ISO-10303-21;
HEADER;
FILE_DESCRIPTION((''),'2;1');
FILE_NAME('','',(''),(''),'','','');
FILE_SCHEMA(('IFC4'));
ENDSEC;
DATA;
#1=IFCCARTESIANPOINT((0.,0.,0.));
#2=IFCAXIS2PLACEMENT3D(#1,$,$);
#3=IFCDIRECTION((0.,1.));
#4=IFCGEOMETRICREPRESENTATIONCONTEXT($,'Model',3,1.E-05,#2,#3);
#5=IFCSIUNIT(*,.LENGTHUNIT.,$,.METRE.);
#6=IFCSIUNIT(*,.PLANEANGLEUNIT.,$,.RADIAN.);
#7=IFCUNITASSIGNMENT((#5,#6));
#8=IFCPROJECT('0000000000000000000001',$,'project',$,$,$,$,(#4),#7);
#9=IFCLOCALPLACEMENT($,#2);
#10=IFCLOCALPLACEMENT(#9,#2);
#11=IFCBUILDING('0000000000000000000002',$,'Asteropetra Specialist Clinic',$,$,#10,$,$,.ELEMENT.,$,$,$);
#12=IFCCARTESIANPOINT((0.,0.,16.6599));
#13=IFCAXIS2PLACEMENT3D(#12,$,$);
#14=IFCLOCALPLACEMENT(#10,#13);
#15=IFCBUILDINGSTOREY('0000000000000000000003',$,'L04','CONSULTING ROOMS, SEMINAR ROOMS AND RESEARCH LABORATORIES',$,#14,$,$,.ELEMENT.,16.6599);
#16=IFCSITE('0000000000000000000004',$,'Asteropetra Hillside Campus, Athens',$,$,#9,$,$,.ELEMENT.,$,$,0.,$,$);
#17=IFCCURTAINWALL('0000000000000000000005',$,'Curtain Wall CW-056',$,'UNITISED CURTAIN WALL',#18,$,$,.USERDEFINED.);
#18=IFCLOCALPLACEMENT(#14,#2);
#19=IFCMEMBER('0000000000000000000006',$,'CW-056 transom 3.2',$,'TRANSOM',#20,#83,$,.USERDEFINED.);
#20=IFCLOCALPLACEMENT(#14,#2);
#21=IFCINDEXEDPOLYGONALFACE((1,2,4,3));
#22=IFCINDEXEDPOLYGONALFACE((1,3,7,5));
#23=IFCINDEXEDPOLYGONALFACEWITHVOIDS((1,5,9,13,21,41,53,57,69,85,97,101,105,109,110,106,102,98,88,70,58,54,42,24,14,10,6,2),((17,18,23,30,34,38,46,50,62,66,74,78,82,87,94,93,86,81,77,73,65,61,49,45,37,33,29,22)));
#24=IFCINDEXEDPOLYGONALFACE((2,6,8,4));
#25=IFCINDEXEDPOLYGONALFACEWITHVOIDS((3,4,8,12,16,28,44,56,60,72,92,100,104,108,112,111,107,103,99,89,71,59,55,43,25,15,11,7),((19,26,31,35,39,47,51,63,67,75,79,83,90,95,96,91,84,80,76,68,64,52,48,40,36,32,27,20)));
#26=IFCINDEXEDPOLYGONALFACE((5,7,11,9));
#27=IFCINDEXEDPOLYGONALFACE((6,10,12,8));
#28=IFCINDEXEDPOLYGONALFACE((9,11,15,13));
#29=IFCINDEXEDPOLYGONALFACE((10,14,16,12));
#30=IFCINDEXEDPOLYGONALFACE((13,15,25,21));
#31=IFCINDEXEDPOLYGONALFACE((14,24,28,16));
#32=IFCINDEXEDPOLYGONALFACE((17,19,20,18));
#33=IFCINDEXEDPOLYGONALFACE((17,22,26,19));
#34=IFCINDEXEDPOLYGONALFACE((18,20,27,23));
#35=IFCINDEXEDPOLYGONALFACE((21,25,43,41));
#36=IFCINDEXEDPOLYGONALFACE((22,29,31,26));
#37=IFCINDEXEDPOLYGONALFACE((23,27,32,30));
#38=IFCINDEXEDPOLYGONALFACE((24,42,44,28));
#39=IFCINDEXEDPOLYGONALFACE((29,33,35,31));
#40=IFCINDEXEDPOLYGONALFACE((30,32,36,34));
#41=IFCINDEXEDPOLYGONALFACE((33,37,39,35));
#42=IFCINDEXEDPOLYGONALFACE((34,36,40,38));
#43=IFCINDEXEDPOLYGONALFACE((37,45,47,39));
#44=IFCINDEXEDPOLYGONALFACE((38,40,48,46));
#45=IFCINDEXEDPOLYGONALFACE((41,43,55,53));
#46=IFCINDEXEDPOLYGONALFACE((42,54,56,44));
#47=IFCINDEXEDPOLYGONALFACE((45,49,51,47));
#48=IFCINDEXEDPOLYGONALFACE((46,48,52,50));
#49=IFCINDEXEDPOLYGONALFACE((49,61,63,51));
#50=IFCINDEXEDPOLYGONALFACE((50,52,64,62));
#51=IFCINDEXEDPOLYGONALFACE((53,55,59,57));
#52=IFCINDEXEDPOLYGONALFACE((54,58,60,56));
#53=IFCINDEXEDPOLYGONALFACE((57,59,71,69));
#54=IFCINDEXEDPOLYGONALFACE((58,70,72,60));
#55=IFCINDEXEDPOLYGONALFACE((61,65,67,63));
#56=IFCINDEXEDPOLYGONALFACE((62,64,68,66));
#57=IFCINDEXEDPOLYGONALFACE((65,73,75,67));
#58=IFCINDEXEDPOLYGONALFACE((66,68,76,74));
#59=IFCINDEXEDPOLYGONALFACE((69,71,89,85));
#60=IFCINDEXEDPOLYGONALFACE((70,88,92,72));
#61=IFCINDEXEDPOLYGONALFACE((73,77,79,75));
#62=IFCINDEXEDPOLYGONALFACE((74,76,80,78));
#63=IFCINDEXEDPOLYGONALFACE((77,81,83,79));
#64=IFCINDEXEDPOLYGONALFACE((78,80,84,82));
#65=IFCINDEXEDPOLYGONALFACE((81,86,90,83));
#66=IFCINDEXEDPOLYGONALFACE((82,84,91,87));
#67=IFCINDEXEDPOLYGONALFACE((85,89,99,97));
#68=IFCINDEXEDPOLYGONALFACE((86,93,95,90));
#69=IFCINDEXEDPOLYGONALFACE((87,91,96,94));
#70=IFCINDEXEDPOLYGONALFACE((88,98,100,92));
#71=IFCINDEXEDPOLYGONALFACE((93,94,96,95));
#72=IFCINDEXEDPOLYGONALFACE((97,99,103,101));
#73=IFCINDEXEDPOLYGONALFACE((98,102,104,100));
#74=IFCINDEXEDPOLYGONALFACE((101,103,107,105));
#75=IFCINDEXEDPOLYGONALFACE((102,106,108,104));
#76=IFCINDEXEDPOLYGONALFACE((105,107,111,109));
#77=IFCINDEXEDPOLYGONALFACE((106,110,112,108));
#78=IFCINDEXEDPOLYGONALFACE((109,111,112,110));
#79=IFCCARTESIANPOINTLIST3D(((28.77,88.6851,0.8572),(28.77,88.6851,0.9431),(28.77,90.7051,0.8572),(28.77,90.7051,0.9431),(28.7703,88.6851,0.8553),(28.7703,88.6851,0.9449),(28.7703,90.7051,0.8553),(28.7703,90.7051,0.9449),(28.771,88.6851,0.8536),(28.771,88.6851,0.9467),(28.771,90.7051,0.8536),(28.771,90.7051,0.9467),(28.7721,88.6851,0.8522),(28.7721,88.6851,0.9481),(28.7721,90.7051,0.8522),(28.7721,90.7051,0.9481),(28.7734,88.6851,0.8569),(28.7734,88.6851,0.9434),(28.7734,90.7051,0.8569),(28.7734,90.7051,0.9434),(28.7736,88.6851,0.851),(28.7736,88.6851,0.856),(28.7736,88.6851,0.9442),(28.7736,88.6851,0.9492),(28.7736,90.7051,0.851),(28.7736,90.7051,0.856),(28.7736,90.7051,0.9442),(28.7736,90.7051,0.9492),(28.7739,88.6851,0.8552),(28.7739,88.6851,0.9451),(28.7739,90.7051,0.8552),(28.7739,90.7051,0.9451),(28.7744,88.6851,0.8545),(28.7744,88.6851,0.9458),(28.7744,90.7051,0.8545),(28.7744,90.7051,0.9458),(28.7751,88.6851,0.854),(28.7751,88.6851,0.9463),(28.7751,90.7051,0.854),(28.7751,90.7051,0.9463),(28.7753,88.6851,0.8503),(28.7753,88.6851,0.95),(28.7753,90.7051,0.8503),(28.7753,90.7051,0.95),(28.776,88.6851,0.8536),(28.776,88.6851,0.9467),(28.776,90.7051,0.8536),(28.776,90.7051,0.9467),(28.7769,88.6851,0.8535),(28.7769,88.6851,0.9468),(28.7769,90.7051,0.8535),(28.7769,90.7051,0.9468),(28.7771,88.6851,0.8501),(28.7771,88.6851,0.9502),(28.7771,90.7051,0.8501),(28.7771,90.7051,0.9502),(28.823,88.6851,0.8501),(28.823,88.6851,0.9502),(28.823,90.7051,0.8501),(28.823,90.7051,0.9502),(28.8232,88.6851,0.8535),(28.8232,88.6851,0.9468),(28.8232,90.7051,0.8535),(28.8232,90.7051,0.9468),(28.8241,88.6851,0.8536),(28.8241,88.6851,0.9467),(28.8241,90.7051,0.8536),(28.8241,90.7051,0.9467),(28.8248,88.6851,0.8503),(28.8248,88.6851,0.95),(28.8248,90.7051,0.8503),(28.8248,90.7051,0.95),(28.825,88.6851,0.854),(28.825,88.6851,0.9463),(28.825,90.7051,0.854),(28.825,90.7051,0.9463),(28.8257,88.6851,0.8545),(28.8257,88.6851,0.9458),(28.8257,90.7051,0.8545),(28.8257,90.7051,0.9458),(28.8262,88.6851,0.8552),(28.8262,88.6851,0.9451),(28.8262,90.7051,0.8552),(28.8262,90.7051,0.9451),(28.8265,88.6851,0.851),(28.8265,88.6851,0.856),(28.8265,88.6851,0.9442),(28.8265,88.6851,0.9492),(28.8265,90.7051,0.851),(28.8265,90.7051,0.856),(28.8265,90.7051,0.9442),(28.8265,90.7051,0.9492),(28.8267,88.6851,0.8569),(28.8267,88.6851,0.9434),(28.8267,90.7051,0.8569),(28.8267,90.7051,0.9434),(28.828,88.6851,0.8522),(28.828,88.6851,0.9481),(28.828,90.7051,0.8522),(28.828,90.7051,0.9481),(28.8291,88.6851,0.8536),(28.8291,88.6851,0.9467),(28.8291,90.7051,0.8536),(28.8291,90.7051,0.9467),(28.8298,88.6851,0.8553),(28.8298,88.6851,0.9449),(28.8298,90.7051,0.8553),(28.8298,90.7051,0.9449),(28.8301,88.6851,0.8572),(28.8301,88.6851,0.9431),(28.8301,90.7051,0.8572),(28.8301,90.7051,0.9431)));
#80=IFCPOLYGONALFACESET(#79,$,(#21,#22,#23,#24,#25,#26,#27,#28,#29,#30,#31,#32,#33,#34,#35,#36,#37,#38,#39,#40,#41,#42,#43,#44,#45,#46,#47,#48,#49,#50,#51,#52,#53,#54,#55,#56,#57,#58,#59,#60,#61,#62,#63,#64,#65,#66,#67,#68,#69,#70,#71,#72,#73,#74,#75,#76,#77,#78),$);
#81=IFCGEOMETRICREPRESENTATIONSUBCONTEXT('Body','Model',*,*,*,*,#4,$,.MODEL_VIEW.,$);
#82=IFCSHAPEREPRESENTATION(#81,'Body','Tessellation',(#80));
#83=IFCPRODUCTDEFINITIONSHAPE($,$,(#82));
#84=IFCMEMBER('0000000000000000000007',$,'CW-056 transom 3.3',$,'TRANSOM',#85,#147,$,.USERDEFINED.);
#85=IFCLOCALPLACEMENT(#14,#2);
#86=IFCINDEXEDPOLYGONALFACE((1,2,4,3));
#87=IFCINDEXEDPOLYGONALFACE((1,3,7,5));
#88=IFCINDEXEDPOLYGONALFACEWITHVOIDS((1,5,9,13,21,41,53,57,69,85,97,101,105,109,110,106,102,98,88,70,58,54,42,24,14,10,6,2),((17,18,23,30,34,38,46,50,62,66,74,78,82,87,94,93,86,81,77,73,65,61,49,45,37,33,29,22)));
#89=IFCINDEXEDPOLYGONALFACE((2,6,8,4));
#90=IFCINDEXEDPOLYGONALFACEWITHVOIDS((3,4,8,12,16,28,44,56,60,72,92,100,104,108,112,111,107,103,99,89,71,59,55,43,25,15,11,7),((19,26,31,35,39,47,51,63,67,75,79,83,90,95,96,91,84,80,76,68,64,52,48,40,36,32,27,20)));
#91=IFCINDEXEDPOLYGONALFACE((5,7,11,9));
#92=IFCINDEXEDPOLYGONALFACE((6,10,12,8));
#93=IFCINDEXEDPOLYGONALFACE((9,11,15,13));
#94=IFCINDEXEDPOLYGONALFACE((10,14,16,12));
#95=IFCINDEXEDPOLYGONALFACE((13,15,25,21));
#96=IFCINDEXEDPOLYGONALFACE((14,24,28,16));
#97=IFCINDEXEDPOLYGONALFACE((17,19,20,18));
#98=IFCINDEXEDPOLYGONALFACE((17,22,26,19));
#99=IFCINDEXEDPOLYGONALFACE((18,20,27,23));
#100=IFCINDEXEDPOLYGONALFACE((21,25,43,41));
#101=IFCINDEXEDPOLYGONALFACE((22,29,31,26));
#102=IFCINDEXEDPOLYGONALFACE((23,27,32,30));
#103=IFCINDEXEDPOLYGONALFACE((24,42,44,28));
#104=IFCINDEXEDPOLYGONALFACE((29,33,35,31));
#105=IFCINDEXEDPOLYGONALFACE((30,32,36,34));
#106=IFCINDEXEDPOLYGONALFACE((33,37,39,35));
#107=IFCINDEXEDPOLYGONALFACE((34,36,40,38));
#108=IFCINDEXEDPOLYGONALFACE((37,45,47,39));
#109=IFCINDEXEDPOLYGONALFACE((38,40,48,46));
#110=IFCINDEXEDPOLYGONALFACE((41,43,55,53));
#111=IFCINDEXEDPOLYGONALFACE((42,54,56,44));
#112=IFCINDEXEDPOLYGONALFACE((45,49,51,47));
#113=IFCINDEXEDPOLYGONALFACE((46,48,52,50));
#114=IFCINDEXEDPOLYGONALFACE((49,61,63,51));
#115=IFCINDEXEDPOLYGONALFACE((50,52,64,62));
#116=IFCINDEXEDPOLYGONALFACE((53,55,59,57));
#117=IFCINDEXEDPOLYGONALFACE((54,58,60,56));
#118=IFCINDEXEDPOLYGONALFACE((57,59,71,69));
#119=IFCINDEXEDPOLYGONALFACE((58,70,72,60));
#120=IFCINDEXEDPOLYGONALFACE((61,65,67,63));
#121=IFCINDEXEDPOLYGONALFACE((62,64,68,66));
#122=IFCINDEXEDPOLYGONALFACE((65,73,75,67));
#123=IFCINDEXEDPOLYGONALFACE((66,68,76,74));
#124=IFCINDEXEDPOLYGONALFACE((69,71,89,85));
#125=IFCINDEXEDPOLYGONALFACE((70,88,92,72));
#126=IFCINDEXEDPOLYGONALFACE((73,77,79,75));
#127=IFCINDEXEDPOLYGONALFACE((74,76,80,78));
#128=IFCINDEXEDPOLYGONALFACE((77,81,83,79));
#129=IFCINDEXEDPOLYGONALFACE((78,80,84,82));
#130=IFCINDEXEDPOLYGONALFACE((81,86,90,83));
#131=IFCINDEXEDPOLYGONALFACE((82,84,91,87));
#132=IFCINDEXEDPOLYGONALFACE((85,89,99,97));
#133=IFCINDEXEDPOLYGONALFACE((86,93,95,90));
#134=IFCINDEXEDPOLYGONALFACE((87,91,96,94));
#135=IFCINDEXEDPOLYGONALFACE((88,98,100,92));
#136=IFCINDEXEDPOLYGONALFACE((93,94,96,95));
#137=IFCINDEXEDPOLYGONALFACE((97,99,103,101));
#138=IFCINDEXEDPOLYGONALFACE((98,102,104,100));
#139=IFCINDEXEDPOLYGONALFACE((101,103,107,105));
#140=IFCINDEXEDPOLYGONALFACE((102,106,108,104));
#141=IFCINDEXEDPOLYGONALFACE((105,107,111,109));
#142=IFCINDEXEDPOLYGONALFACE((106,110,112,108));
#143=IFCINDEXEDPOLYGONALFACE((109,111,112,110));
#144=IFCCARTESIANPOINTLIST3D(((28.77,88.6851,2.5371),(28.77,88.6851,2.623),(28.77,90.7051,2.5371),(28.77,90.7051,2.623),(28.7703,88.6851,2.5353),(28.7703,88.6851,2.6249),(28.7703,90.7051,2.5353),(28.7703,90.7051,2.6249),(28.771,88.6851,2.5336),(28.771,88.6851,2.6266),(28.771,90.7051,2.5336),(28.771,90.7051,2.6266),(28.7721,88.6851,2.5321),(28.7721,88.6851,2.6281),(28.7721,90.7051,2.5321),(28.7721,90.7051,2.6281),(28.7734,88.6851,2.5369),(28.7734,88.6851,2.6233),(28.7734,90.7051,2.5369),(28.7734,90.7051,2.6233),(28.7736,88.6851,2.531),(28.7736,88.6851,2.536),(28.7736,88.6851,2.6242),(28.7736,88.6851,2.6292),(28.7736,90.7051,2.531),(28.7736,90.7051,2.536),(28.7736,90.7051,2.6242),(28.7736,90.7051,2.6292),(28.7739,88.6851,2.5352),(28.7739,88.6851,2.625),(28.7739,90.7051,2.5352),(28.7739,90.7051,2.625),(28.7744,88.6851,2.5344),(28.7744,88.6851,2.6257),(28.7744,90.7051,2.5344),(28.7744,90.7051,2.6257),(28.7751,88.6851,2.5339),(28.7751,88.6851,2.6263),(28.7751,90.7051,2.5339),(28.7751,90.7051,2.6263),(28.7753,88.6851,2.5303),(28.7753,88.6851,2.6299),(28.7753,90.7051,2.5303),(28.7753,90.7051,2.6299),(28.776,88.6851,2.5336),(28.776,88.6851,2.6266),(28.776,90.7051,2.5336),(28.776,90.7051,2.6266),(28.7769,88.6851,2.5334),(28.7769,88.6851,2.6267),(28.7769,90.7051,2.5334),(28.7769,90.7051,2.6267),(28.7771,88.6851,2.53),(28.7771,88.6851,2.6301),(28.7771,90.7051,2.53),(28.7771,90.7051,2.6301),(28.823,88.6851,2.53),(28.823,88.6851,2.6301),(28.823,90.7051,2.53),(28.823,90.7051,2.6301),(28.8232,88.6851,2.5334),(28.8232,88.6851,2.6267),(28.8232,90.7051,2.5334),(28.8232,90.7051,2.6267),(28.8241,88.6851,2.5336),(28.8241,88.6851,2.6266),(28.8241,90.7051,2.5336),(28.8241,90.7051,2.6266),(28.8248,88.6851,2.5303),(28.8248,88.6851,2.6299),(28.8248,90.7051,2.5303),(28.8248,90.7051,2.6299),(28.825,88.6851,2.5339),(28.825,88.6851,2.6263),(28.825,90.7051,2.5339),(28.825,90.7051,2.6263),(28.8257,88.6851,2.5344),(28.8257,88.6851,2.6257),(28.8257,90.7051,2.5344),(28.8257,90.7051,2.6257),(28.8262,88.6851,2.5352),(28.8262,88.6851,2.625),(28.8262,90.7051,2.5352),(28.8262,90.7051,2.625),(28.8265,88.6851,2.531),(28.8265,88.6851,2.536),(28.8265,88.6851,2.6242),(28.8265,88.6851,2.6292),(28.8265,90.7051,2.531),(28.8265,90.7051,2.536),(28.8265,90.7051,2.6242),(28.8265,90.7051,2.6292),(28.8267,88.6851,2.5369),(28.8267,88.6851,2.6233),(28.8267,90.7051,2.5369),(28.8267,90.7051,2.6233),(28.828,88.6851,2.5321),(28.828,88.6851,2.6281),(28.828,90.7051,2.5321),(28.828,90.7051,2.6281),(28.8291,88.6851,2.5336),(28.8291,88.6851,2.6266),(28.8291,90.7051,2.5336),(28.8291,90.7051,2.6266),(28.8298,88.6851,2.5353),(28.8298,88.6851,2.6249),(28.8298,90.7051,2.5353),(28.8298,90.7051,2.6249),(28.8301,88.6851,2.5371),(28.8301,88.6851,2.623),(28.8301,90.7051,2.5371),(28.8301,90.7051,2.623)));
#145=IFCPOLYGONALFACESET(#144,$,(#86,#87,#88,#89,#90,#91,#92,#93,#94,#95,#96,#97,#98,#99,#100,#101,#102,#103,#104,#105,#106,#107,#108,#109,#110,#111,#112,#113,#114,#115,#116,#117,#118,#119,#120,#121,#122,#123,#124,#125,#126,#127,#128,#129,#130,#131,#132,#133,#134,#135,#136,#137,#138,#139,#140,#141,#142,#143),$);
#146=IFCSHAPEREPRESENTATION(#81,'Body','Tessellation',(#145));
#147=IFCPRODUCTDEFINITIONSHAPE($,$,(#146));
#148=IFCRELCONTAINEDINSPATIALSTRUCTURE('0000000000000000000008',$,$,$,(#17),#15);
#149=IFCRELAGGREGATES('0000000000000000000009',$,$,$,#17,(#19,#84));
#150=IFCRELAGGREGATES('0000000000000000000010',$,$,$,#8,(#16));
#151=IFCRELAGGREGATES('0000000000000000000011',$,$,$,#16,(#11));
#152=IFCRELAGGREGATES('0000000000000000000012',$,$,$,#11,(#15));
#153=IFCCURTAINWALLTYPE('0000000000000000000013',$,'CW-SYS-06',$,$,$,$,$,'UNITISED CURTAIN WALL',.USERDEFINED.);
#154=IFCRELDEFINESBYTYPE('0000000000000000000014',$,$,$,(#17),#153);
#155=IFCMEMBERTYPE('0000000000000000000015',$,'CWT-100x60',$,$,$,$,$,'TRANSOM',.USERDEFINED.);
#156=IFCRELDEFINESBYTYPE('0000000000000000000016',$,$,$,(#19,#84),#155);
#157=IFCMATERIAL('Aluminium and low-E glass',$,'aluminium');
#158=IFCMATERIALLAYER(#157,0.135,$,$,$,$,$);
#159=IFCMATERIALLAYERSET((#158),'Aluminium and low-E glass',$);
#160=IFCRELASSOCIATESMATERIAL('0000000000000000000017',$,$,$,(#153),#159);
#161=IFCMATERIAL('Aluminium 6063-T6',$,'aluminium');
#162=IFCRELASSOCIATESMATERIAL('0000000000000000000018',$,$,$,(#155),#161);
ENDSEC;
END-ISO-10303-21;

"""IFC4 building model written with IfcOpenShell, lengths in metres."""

from ifc_helpers import new_model, si_unit, direction, frame, origin, origin_2d, place, context, subcontext, project, spatial, hollow_rectangle, extrude, material, layer, layer_set, material_profile, profile_set, type_object, element, aggregate, save


model = new_model("IFC4")

# Units and contexts
model_context = context("Model", 3, precision=1e-05, world=origin(), true_north=direction((0.0, 1.0)))
body_context = subcontext(model_context, "Body", "Model", "MODEL_VIEW")
ifc_project = project(units=[si_unit("LENGTHUNIT", "METRE"), si_unit("PLANEANGLEUNIT", "RADIAN")], contexts=[model_context])

# Site, building, storey
site_placement = place(None, origin())
site = spatial("IfcSite", under=ifc_project, at=site_placement, Name="Asteropetra Hillside Campus, Athens", CompositionType="ELEMENT", RefElevation=0.0)
building_placement = place(site_placement, origin())
building = spatial("IfcBuilding", under=site, at=building_placement, Name="Asteropetra Specialist Clinic", CompositionType="ELEMENT")
storey_placement = place(building_placement, frame((0.0, 0.0, 16.6599)))
storey = spatial("IfcBuildingStorey", under=building, at=storey_placement, Name="L04", Description="CONSULTING ROOMS, SEMINAR ROOMS AND RESEARCH LABORATORIES", CompositionType="ELEMENT", Elevation=16.6599)

# Curtain wall, members
ifc_material_1 = material(Name="Aluminium and low-E glass", Category="aluminium")
ifc_layer_1 = layer(ifc_material_1, 0.135)
ifc_layer_set_1 = layer_set([ifc_layer_1], Name="Aluminium and low-E glass")
curtain_wall_type = type_object("IfcCurtainWallType", Name="CW-SYS-06", ElementType="UNITISED CURTAIN WALL", PredefinedType="USERDEFINED", material=ifc_layer_set_1)
curtain_wall_placement = place(storey_placement, origin())
curtain_wall = element("IfcCurtainWall", 1, at=curtain_wall_placement, inside=storey, type_object=curtain_wall_type, Name="Curtain Wall CW-056", ObjectType="UNITISED CURTAIN WALL", PredefinedType="USERDEFINED")
ifc_material_2 = material(Name="Aluminium 6063-T6", Category="aluminium")
ifc_material_profile_1 = material_profile(ifc_material_2, hollow_rectangle(XDim=0.0601, YDim=0.1001, WallThickness=0.0034, InnerFilletRadius=0.0034, OuterFilletRadius=0.0071, at=origin_2d()), Name="TRN 100x60x3.5")
ifc_profile_set_1 = profile_set([ifc_material_profile_1], Name="Aluminium 6063-T6")
member_type_1 = type_object("IfcMemberType", Name="CWT-100x60", ElementType="TRANSOM", PredefinedType="USERDEFINED", material=ifc_profile_set_1)
member_1_placement = place(storey_placement, frame((28.8, 88.6851, 0.9001), z_axis=(0.0, 1.0, 0.0), x_axis=(-1.0, 0.0, 0.0)))
member_1 = element("IfcMember", 2, at=member_1_placement, type_object=member_type_1, Name="CW-056 transom 3.2", ObjectType="TRANSOM", PredefinedType="USERDEFINED", context=body_context, shape_type="SweptSolid", body=[
    extrude(hollow_rectangle(XDim=0.0601, YDim=0.1001, WallThickness=0.0034, InnerFilletRadius=0.0034, OuterFilletRadius=0.0071, at=origin_2d()), origin(), (0.0, 0.0, 1.0), 2.02),
])
member_2_placement = place(storey_placement, frame((28.8, 88.6851, 2.5801), z_axis=(0.0, 1.0, 0.0), x_axis=(-1.0, 0.0, 0.0)))
member_2 = element("IfcMember", 3, at=member_2_placement, type_object=member_type_1, Name="CW-056 transom 3.3", ObjectType="TRANSOM", PredefinedType="USERDEFINED", context=body_context, shape_type="SweptSolid", body=[
    extrude(hollow_rectangle(XDim=0.0601, YDim=0.1001, WallThickness=0.0034, InnerFilletRadius=0.0034, OuterFilletRadius=0.0071, at=origin_2d()), origin(), (0.0, 0.0, 1.0), 2.02),
])

aggregate(curtain_wall, [member_1, member_2])

save(model, "model.ifc")
